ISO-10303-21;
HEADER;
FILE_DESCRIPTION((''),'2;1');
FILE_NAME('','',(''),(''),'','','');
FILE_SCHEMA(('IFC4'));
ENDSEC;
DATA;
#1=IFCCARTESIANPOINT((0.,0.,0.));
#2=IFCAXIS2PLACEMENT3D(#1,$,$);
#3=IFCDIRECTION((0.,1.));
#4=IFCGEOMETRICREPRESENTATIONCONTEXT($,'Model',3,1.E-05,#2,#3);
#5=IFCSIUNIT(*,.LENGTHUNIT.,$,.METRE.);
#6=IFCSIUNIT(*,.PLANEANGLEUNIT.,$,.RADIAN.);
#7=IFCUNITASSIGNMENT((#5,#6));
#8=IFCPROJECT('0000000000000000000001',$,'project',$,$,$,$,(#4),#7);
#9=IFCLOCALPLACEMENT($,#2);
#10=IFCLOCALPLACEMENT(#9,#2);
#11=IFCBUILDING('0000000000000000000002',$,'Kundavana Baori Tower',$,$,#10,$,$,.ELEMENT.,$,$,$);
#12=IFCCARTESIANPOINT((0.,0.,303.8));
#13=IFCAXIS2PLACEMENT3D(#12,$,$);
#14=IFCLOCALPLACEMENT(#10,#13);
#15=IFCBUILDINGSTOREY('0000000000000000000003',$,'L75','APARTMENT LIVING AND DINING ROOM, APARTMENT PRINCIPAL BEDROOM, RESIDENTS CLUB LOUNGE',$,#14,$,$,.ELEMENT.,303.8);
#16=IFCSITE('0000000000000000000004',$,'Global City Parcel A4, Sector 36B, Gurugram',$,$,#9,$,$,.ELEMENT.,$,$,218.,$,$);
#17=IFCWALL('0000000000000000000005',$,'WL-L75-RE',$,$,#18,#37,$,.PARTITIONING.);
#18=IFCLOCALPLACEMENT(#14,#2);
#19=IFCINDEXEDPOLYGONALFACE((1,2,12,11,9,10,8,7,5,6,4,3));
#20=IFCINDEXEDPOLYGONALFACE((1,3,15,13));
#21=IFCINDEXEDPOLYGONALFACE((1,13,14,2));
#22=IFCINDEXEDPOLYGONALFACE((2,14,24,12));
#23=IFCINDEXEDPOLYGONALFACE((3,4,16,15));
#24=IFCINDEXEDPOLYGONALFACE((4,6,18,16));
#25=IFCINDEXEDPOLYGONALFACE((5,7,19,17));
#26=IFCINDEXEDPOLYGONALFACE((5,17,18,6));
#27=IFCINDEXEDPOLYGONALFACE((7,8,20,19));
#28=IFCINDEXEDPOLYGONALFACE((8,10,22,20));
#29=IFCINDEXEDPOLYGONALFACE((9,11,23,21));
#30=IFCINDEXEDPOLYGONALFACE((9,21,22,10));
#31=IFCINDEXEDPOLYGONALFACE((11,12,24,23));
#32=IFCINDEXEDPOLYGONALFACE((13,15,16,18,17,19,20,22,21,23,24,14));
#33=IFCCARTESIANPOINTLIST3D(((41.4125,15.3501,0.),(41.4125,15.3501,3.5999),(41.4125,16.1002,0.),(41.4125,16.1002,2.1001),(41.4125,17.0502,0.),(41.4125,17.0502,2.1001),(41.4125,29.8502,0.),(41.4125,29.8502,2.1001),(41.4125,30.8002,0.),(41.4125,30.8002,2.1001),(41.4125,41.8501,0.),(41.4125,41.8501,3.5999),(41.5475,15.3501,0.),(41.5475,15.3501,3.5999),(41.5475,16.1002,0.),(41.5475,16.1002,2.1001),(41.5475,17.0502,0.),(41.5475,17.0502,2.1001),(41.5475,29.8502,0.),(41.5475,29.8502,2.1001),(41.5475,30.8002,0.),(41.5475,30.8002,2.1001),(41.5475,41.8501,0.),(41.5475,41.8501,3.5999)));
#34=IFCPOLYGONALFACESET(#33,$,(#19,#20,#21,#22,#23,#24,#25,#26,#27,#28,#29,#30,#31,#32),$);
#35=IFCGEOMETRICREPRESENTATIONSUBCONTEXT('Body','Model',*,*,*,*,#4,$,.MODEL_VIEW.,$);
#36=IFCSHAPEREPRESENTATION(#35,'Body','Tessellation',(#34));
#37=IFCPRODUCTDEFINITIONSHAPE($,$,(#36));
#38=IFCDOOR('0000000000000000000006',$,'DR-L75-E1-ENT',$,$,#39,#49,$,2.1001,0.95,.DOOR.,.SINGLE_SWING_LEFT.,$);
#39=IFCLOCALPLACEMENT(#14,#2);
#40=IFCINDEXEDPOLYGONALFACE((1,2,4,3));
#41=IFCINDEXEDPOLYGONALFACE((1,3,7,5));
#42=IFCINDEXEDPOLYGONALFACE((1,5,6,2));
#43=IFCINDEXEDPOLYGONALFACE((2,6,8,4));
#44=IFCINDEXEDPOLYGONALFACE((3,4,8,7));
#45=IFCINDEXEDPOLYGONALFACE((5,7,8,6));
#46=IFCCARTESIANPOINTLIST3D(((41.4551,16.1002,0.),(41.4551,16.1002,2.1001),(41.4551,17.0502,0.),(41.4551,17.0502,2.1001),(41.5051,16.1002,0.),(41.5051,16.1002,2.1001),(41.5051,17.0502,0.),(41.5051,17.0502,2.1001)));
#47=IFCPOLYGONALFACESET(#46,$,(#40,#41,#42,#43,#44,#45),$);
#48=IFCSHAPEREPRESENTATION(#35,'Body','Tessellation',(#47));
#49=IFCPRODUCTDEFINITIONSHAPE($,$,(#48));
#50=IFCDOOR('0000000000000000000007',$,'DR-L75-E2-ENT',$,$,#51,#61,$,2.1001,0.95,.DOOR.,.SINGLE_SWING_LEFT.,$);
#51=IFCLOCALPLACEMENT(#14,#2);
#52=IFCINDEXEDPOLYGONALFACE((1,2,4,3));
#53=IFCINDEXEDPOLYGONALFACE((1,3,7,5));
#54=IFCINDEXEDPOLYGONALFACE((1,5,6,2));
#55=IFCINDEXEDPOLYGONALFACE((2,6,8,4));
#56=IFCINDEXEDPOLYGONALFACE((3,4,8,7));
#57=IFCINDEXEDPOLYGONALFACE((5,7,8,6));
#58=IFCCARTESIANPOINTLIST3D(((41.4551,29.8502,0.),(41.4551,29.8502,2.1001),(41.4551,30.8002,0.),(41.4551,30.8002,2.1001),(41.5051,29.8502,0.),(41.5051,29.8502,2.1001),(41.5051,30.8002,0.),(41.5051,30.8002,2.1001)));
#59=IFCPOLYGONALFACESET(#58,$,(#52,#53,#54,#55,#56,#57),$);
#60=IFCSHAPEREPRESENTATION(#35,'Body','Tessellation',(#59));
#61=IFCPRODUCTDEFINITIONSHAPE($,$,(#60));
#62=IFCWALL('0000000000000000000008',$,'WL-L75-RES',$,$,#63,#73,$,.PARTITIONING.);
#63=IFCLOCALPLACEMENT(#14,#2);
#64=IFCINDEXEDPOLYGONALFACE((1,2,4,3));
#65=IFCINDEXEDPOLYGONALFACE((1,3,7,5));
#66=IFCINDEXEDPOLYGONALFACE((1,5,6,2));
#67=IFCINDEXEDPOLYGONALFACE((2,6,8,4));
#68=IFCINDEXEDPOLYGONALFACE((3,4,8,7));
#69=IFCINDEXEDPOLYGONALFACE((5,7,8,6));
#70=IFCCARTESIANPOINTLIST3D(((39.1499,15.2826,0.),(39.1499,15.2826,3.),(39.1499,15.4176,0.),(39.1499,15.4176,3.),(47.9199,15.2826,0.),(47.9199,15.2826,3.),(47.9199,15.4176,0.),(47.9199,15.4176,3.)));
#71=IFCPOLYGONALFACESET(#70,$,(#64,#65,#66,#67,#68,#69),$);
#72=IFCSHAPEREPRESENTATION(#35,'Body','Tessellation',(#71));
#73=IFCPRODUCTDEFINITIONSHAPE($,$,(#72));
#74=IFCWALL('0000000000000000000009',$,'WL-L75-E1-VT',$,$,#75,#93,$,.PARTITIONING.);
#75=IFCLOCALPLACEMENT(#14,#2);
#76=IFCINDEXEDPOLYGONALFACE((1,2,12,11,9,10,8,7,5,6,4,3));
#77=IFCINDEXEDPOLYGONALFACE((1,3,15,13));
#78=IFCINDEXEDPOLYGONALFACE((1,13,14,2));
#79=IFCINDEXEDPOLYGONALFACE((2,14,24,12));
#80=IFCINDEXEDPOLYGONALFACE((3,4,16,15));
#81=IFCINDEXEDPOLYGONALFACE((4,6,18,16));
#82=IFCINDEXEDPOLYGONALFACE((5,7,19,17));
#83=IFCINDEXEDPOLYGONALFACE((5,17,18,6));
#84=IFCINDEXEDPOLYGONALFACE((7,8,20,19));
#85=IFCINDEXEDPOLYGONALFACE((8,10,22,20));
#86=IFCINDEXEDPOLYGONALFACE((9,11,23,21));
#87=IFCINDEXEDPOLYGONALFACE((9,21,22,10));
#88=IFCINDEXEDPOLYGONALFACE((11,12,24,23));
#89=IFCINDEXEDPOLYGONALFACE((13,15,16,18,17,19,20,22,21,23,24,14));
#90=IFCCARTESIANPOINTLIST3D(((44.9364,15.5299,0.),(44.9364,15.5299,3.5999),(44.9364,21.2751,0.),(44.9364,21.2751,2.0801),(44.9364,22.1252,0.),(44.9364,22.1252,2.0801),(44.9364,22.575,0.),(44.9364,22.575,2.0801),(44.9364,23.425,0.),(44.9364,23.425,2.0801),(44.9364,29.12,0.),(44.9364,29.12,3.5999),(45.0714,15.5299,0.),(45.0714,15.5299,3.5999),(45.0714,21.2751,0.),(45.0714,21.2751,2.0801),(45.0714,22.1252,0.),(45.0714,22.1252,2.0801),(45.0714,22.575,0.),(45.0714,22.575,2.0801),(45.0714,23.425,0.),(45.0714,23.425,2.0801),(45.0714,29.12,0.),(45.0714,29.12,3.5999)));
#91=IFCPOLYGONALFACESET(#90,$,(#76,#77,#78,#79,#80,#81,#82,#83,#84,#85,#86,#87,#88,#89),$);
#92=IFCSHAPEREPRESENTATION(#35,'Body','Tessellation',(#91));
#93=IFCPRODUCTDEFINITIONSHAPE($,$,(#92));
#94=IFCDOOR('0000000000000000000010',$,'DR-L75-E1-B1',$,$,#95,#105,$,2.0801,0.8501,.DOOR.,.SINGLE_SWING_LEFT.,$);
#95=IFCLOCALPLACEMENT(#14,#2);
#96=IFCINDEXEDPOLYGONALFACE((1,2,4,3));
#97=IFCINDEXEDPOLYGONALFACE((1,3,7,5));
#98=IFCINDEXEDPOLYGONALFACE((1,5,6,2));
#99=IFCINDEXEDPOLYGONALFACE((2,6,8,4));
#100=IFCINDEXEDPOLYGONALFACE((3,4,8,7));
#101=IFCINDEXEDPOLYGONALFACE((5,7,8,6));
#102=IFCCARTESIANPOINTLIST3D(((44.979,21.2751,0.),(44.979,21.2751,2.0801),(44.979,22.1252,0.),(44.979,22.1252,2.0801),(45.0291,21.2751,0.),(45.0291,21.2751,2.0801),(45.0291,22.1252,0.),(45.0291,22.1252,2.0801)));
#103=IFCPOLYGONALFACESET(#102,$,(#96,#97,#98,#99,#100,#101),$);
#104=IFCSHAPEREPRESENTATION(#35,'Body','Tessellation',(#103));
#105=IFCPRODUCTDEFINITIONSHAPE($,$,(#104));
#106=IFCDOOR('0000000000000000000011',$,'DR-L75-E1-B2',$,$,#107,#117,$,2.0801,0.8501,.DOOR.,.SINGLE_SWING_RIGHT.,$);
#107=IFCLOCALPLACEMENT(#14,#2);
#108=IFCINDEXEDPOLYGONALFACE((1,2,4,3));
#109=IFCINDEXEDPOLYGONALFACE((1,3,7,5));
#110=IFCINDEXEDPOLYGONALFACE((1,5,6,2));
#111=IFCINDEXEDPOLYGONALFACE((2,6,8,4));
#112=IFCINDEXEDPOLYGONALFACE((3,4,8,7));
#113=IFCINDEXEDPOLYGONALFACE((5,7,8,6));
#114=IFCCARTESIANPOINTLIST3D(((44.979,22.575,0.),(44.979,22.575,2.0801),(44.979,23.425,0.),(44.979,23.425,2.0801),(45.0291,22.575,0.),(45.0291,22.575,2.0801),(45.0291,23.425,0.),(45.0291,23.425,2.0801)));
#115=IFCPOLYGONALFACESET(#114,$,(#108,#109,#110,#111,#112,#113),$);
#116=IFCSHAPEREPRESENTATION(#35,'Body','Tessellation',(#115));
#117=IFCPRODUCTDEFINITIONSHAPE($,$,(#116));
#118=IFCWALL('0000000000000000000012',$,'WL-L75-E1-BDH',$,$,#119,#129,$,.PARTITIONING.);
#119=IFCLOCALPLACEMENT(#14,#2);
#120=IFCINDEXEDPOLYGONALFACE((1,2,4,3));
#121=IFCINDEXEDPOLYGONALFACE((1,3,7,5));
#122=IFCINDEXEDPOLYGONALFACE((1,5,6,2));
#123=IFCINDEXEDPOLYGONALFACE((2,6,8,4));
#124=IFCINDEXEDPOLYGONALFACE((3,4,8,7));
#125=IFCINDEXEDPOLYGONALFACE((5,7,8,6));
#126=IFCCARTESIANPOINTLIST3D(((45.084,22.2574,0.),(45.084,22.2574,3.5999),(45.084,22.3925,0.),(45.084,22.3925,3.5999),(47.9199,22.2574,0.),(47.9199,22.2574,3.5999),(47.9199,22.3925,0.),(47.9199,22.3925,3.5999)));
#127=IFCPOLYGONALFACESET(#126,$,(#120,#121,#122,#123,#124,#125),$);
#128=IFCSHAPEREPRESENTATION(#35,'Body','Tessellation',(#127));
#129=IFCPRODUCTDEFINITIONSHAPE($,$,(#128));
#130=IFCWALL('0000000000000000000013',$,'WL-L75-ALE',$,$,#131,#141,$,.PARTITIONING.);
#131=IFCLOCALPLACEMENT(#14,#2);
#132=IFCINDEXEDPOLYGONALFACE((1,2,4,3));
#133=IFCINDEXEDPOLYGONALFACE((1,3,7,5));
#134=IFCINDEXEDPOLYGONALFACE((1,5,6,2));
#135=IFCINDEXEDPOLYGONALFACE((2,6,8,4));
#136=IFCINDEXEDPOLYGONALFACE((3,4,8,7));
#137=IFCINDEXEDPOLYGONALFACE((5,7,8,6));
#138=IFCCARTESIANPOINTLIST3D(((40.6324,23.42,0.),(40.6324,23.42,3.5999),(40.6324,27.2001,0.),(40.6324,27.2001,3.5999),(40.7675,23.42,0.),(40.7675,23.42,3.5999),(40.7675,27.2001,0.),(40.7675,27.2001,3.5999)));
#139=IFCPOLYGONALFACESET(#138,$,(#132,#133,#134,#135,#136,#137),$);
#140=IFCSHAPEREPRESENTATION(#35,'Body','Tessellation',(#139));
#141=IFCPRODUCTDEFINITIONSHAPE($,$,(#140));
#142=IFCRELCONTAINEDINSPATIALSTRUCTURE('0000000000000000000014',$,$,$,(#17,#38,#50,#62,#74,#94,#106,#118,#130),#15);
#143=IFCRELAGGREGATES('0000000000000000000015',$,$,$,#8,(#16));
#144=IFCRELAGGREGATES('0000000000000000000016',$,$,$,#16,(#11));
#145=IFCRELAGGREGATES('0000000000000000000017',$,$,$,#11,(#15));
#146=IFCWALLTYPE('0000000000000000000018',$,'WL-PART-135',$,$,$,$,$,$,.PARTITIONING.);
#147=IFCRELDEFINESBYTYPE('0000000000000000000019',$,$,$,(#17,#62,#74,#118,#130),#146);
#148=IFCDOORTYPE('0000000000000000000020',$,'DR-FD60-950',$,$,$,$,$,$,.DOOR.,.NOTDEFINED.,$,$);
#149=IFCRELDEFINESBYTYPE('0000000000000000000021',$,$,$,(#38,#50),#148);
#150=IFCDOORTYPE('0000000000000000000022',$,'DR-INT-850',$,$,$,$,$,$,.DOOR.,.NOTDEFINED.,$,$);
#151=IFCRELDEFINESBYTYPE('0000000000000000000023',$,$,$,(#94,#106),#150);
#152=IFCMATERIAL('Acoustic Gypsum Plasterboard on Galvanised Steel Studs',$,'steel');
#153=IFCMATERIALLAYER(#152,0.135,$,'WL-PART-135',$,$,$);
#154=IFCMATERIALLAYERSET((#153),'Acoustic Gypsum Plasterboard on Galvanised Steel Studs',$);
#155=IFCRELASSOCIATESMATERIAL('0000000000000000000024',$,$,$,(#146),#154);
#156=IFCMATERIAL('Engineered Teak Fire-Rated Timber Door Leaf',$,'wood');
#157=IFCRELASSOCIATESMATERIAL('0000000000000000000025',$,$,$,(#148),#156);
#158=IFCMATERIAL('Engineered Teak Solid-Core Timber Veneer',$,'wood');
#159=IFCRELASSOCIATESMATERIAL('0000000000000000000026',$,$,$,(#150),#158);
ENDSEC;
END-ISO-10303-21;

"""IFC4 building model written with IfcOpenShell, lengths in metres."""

from ifc_helpers import new_model, si_unit, direction, frame, frame_2d, origin, place, context, subcontext, project, spatial, rectangle, extrude, material, layer, layer_set, type_object, element, fill, save


model = new_model("IFC4")

# Units and contexts
model_context = context("Model", 3, precision=1e-05, world=origin(), true_north=direction((0.0, 1.0)))
body_context = subcontext(model_context, "Body", "Model", "MODEL_VIEW")
ifc_project = project(units=[si_unit("LENGTHUNIT", "METRE"), si_unit("PLANEANGLEUNIT", "RADIAN")], contexts=[model_context])

# Site, building, storey
site_placement = place(None, origin())
site = spatial("IfcSite", under=ifc_project, at=site_placement, Name="Global City Parcel A4, Sector 36B, Gurugram", CompositionType="ELEMENT", RefElevation=218.0)
building_placement = place(site_placement, origin())
building = spatial("IfcBuilding", under=site, at=building_placement, Name="Kundavana Baori Tower", CompositionType="ELEMENT")
storey_placement = place(building_placement, frame((0.0, 0.0, 303.8)))
storey = spatial("IfcBuildingStorey", under=building, at=storey_placement, Name="L75", Description="APARTMENT LIVING AND DINING ROOM, APARTMENT PRINCIPAL BEDROOM, RESIDENTS CLUB LOUNGE", CompositionType="ELEMENT", Elevation=303.8)

# Wall, openings, doors
ifc_material_1 = material(Name="Acoustic Gypsum Plasterboard on Galvanised Steel Studs", Category="steel")
ifc_layer_1 = layer(ifc_material_1, 0.135, Name="WL-PART-135")
ifc_layer_set_1 = layer_set([ifc_layer_1], Name="Acoustic Gypsum Plasterboard on Galvanised Steel Studs")
wall_type_1 = type_object("IfcWallType", Name="WL-PART-135", PredefinedType="PARTITIONING", material=ifc_layer_set_1)
wall_1_placement = place(storey_placement, frame((41.48, 15.3501, 0.0), z_axis=(0.0, 0.0, 1.0), x_axis=(0.0, 1.0, 0.0)))
wall_1 = element("IfcWall", 1, at=wall_1_placement, inside=storey, type_object=wall_type_1, Name="WL-L75-RE", PredefinedType="PARTITIONING", context=body_context, shape_type="SweptSolid", body=[
    extrude(rectangle(XDim=26.5, YDim=0.135, at=frame_2d((13.25, 0.0))), origin(), (0.0, 0.0, 1.0), 3.5999),
])
opening_1_placement = place(wall_1_placement, frame((0.75, 0.0, 0.0)))
opening_1 = element("IfcOpeningElement", 2, at=opening_1_placement, cuts=wall_1, PredefinedType="OPENING", context=body_context, shape_type="SweptSolid", body=[
    extrude(rectangle(XDim=0.95, YDim=2.1001, at=frame_2d((0.4751, 1.05))), frame((0.0, 0.0776, 0.0), z_axis=(0.0, -1.0, 0.0), x_axis=(1.0, 0.0, 0.0)), (0.0, 0.0, 1.0), 0.155),
])
opening_2_placement = place(wall_1_placement, frame((14.5, 0.0, 0.0)))
opening_2 = element("IfcOpeningElement", 3, at=opening_2_placement, cuts=wall_1, PredefinedType="OPENING", context=body_context, shape_type="SweptSolid", body=[
    extrude(rectangle(XDim=0.95, YDim=2.1001, at=frame_2d((0.4751, 1.05))), frame((0.0, 0.0776, 0.0), z_axis=(0.0, -1.0, 0.0), x_axis=(1.0, 0.0, 0.0)), (0.0, 0.0, 1.0), 0.155),
])
ifc_material_2 = material(Name="Engineered Teak Fire-Rated Timber Door Leaf", Category="wood")
door_type_1 = type_object("IfcDoorType", Name="DR-FD60-950", OperationType="NOTDEFINED", PredefinedType="DOOR", material=ifc_material_2)
door_1_placement = place(opening_1_placement, origin())
door_1 = element("IfcDoor", 4, at=door_1_placement, inside=storey, type_object=door_type_1, Name="DR-L75-E1-ENT", OperationType="SINGLE_SWING_LEFT", OverallHeight=2.1001, OverallWidth=0.95, PredefinedType="DOOR", context=body_context, shape_type="SweptSolid", body=[
    extrude(rectangle(XDim=0.95, YDim=2.1001, at=frame_2d((0.4751, 1.05))), frame((0.0, 0.0249, 0.0), z_axis=(0.0, -1.0, 0.0), x_axis=(1.0, 0.0, 0.0)), (0.0, 0.0, 1.0), 0.05),
])
fill(opening_1, door_1)
door_2_placement = place(opening_2_placement, origin())
door_2 = element("IfcDoor", 5, at=door_2_placement, inside=storey, type_object=door_type_1, Name="DR-L75-E2-ENT", OperationType="SINGLE_SWING_LEFT", OverallHeight=2.1001, OverallWidth=0.95, PredefinedType="DOOR", context=body_context, shape_type="SweptSolid", body=[
    extrude(rectangle(XDim=0.95, YDim=2.1001, at=frame_2d((0.4751, 1.05))), frame((0.0, 0.0249, 0.0), z_axis=(0.0, -1.0, 0.0), x_axis=(1.0, 0.0, 0.0)), (0.0, 0.0, 1.0), 0.05),
])
fill(opening_2, door_2)

# Wall
wall_2_placement = place(storey_placement, frame((39.1499, 15.3501, 0.0), z_axis=(0.0, 0.0, 1.0), x_axis=(1.0, 0.0, 0.0)))
element("IfcWall", 6, at=wall_2_placement, inside=storey, type_object=wall_type_1, Name="WL-L75-RES", PredefinedType="PARTITIONING", context=body_context, shape_type="SweptSolid", body=[
    extrude(rectangle(XDim=8.77, YDim=0.135, at=frame_2d((4.385, 0.0))), origin(), (0.0, 0.0, 1.0), 3.0),
])

# Wall, openings, doors
wall_3_placement = place(storey_placement, frame((45.0039, 15.53, 0.0), z_axis=(0.0, 0.0, 1.0), x_axis=(0.0, 1.0, 0.0)))
wall_3 = element("IfcWall", 7, at=wall_3_placement, inside=storey, type_object=wall_type_1, Name="WL-L75-E1-VT", PredefinedType="PARTITIONING", context=body_context, shape_type="SweptSolid", body=[
    extrude(rectangle(XDim=13.5901, YDim=0.135, at=frame_2d((6.7949, 0.0))), origin(), (0.0, 0.0, 1.0), 3.5999),
])
opening_3_placement = place(wall_3_placement, frame((5.7451, 0.0, 0.0)))
opening_3 = element("IfcOpeningElement", 8, at=opening_3_placement, cuts=wall_3, PredefinedType="OPENING", context=body_context, shape_type="SweptSolid", body=[
    extrude(rectangle(XDim=0.8501, YDim=2.0801, at=frame_2d((0.425, 1.04))), frame((0.0, 0.0776, 0.0), z_axis=(0.0, -1.0, 0.0), x_axis=(1.0, 0.0, 0.0)), (0.0, 0.0, 1.0), 0.155),
])
opening_4_placement = place(wall_3_placement, frame((7.0449, 0.0, 0.0)))
opening_4 = element("IfcOpeningElement", 9, at=opening_4_placement, cuts=wall_3, PredefinedType="OPENING", context=body_context, shape_type="SweptSolid", body=[
    extrude(rectangle(XDim=0.8501, YDim=2.0801, at=frame_2d((0.425, 1.04))), frame((0.0, 0.0776, 0.0), z_axis=(0.0, -1.0, 0.0), x_axis=(1.0, 0.0, 0.0)), (0.0, 0.0, 1.0), 0.155),
])
ifc_material_3 = material(Name="Engineered Teak Solid-Core Timber Veneer", Category="wood")
door_type_2 = type_object("IfcDoorType", Name="DR-INT-850", OperationType="NOTDEFINED", PredefinedType="DOOR", material=ifc_material_3)
door_3_placement = place(opening_3_placement, origin())
door_3 = element("IfcDoor", 10, at=door_3_placement, inside=storey, type_object=door_type_2, Name="DR-L75-E1-B1", OperationType="SINGLE_SWING_LEFT", OverallHeight=2.0801, OverallWidth=0.8501, PredefinedType="DOOR", context=body_context, shape_type="SweptSolid", body=[
    extrude(rectangle(XDim=0.8501, YDim=2.0801, at=frame_2d((0.425, 1.04))), frame((0.0, 0.0249, 0.0), z_axis=(0.0, -1.0, 0.0), x_axis=(1.0, 0.0, 0.0)), (0.0, 0.0, 1.0), 0.05),
])
fill(opening_3, door_3)
door_4_placement = place(opening_4_placement, origin())
door_4 = element("IfcDoor", 11, at=door_4_placement, inside=storey, type_object=door_type_2, Name="DR-L75-E1-B2", OperationType="SINGLE_SWING_RIGHT", OverallHeight=2.0801, OverallWidth=0.8501, PredefinedType="DOOR", context=body_context, shape_type="SweptSolid", body=[
    extrude(rectangle(XDim=0.8501, YDim=2.0801, at=frame_2d((0.425, 1.04))), frame((0.0, 0.0249, 0.0), z_axis=(0.0, -1.0, 0.0), x_axis=(1.0, 0.0, 0.0)), (0.0, 0.0, 1.0), 0.05),
])
fill(opening_4, door_4)

# Walls
wall_4_placement = place(storey_placement, frame((45.084, 22.325, 0.0), z_axis=(0.0, 0.0, 1.0), x_axis=(1.0, 0.0, 0.0)))
element("IfcWall", 12, at=wall_4_placement, inside=storey, type_object=wall_type_1, Name="WL-L75-E1-BDH", PredefinedType="PARTITIONING", context=body_context, shape_type="SweptSolid", body=[
    extrude(rectangle(XDim=2.8359, YDim=0.135, at=frame_2d((1.418, 0.0))), origin(), (0.0, 0.0, 1.0), 3.5999),
])
wall_5_placement = place(storey_placement, frame((40.7, 23.4199, 0.0), z_axis=(0.0, 0.0, 1.0), x_axis=(0.0, 1.0, 0.0)))
element("IfcWall", 13, at=wall_5_placement, inside=storey, type_object=wall_type_1, Name="WL-L75-ALE", PredefinedType="PARTITIONING", context=body_context, shape_type="SweptSolid", body=[
    extrude(rectangle(XDim=3.78, YDim=0.135, at=frame_2d((1.8901, 0.0))), origin(), (0.0, 0.0, 1.0), 3.5999),
])

save(model, "model.ifc")
